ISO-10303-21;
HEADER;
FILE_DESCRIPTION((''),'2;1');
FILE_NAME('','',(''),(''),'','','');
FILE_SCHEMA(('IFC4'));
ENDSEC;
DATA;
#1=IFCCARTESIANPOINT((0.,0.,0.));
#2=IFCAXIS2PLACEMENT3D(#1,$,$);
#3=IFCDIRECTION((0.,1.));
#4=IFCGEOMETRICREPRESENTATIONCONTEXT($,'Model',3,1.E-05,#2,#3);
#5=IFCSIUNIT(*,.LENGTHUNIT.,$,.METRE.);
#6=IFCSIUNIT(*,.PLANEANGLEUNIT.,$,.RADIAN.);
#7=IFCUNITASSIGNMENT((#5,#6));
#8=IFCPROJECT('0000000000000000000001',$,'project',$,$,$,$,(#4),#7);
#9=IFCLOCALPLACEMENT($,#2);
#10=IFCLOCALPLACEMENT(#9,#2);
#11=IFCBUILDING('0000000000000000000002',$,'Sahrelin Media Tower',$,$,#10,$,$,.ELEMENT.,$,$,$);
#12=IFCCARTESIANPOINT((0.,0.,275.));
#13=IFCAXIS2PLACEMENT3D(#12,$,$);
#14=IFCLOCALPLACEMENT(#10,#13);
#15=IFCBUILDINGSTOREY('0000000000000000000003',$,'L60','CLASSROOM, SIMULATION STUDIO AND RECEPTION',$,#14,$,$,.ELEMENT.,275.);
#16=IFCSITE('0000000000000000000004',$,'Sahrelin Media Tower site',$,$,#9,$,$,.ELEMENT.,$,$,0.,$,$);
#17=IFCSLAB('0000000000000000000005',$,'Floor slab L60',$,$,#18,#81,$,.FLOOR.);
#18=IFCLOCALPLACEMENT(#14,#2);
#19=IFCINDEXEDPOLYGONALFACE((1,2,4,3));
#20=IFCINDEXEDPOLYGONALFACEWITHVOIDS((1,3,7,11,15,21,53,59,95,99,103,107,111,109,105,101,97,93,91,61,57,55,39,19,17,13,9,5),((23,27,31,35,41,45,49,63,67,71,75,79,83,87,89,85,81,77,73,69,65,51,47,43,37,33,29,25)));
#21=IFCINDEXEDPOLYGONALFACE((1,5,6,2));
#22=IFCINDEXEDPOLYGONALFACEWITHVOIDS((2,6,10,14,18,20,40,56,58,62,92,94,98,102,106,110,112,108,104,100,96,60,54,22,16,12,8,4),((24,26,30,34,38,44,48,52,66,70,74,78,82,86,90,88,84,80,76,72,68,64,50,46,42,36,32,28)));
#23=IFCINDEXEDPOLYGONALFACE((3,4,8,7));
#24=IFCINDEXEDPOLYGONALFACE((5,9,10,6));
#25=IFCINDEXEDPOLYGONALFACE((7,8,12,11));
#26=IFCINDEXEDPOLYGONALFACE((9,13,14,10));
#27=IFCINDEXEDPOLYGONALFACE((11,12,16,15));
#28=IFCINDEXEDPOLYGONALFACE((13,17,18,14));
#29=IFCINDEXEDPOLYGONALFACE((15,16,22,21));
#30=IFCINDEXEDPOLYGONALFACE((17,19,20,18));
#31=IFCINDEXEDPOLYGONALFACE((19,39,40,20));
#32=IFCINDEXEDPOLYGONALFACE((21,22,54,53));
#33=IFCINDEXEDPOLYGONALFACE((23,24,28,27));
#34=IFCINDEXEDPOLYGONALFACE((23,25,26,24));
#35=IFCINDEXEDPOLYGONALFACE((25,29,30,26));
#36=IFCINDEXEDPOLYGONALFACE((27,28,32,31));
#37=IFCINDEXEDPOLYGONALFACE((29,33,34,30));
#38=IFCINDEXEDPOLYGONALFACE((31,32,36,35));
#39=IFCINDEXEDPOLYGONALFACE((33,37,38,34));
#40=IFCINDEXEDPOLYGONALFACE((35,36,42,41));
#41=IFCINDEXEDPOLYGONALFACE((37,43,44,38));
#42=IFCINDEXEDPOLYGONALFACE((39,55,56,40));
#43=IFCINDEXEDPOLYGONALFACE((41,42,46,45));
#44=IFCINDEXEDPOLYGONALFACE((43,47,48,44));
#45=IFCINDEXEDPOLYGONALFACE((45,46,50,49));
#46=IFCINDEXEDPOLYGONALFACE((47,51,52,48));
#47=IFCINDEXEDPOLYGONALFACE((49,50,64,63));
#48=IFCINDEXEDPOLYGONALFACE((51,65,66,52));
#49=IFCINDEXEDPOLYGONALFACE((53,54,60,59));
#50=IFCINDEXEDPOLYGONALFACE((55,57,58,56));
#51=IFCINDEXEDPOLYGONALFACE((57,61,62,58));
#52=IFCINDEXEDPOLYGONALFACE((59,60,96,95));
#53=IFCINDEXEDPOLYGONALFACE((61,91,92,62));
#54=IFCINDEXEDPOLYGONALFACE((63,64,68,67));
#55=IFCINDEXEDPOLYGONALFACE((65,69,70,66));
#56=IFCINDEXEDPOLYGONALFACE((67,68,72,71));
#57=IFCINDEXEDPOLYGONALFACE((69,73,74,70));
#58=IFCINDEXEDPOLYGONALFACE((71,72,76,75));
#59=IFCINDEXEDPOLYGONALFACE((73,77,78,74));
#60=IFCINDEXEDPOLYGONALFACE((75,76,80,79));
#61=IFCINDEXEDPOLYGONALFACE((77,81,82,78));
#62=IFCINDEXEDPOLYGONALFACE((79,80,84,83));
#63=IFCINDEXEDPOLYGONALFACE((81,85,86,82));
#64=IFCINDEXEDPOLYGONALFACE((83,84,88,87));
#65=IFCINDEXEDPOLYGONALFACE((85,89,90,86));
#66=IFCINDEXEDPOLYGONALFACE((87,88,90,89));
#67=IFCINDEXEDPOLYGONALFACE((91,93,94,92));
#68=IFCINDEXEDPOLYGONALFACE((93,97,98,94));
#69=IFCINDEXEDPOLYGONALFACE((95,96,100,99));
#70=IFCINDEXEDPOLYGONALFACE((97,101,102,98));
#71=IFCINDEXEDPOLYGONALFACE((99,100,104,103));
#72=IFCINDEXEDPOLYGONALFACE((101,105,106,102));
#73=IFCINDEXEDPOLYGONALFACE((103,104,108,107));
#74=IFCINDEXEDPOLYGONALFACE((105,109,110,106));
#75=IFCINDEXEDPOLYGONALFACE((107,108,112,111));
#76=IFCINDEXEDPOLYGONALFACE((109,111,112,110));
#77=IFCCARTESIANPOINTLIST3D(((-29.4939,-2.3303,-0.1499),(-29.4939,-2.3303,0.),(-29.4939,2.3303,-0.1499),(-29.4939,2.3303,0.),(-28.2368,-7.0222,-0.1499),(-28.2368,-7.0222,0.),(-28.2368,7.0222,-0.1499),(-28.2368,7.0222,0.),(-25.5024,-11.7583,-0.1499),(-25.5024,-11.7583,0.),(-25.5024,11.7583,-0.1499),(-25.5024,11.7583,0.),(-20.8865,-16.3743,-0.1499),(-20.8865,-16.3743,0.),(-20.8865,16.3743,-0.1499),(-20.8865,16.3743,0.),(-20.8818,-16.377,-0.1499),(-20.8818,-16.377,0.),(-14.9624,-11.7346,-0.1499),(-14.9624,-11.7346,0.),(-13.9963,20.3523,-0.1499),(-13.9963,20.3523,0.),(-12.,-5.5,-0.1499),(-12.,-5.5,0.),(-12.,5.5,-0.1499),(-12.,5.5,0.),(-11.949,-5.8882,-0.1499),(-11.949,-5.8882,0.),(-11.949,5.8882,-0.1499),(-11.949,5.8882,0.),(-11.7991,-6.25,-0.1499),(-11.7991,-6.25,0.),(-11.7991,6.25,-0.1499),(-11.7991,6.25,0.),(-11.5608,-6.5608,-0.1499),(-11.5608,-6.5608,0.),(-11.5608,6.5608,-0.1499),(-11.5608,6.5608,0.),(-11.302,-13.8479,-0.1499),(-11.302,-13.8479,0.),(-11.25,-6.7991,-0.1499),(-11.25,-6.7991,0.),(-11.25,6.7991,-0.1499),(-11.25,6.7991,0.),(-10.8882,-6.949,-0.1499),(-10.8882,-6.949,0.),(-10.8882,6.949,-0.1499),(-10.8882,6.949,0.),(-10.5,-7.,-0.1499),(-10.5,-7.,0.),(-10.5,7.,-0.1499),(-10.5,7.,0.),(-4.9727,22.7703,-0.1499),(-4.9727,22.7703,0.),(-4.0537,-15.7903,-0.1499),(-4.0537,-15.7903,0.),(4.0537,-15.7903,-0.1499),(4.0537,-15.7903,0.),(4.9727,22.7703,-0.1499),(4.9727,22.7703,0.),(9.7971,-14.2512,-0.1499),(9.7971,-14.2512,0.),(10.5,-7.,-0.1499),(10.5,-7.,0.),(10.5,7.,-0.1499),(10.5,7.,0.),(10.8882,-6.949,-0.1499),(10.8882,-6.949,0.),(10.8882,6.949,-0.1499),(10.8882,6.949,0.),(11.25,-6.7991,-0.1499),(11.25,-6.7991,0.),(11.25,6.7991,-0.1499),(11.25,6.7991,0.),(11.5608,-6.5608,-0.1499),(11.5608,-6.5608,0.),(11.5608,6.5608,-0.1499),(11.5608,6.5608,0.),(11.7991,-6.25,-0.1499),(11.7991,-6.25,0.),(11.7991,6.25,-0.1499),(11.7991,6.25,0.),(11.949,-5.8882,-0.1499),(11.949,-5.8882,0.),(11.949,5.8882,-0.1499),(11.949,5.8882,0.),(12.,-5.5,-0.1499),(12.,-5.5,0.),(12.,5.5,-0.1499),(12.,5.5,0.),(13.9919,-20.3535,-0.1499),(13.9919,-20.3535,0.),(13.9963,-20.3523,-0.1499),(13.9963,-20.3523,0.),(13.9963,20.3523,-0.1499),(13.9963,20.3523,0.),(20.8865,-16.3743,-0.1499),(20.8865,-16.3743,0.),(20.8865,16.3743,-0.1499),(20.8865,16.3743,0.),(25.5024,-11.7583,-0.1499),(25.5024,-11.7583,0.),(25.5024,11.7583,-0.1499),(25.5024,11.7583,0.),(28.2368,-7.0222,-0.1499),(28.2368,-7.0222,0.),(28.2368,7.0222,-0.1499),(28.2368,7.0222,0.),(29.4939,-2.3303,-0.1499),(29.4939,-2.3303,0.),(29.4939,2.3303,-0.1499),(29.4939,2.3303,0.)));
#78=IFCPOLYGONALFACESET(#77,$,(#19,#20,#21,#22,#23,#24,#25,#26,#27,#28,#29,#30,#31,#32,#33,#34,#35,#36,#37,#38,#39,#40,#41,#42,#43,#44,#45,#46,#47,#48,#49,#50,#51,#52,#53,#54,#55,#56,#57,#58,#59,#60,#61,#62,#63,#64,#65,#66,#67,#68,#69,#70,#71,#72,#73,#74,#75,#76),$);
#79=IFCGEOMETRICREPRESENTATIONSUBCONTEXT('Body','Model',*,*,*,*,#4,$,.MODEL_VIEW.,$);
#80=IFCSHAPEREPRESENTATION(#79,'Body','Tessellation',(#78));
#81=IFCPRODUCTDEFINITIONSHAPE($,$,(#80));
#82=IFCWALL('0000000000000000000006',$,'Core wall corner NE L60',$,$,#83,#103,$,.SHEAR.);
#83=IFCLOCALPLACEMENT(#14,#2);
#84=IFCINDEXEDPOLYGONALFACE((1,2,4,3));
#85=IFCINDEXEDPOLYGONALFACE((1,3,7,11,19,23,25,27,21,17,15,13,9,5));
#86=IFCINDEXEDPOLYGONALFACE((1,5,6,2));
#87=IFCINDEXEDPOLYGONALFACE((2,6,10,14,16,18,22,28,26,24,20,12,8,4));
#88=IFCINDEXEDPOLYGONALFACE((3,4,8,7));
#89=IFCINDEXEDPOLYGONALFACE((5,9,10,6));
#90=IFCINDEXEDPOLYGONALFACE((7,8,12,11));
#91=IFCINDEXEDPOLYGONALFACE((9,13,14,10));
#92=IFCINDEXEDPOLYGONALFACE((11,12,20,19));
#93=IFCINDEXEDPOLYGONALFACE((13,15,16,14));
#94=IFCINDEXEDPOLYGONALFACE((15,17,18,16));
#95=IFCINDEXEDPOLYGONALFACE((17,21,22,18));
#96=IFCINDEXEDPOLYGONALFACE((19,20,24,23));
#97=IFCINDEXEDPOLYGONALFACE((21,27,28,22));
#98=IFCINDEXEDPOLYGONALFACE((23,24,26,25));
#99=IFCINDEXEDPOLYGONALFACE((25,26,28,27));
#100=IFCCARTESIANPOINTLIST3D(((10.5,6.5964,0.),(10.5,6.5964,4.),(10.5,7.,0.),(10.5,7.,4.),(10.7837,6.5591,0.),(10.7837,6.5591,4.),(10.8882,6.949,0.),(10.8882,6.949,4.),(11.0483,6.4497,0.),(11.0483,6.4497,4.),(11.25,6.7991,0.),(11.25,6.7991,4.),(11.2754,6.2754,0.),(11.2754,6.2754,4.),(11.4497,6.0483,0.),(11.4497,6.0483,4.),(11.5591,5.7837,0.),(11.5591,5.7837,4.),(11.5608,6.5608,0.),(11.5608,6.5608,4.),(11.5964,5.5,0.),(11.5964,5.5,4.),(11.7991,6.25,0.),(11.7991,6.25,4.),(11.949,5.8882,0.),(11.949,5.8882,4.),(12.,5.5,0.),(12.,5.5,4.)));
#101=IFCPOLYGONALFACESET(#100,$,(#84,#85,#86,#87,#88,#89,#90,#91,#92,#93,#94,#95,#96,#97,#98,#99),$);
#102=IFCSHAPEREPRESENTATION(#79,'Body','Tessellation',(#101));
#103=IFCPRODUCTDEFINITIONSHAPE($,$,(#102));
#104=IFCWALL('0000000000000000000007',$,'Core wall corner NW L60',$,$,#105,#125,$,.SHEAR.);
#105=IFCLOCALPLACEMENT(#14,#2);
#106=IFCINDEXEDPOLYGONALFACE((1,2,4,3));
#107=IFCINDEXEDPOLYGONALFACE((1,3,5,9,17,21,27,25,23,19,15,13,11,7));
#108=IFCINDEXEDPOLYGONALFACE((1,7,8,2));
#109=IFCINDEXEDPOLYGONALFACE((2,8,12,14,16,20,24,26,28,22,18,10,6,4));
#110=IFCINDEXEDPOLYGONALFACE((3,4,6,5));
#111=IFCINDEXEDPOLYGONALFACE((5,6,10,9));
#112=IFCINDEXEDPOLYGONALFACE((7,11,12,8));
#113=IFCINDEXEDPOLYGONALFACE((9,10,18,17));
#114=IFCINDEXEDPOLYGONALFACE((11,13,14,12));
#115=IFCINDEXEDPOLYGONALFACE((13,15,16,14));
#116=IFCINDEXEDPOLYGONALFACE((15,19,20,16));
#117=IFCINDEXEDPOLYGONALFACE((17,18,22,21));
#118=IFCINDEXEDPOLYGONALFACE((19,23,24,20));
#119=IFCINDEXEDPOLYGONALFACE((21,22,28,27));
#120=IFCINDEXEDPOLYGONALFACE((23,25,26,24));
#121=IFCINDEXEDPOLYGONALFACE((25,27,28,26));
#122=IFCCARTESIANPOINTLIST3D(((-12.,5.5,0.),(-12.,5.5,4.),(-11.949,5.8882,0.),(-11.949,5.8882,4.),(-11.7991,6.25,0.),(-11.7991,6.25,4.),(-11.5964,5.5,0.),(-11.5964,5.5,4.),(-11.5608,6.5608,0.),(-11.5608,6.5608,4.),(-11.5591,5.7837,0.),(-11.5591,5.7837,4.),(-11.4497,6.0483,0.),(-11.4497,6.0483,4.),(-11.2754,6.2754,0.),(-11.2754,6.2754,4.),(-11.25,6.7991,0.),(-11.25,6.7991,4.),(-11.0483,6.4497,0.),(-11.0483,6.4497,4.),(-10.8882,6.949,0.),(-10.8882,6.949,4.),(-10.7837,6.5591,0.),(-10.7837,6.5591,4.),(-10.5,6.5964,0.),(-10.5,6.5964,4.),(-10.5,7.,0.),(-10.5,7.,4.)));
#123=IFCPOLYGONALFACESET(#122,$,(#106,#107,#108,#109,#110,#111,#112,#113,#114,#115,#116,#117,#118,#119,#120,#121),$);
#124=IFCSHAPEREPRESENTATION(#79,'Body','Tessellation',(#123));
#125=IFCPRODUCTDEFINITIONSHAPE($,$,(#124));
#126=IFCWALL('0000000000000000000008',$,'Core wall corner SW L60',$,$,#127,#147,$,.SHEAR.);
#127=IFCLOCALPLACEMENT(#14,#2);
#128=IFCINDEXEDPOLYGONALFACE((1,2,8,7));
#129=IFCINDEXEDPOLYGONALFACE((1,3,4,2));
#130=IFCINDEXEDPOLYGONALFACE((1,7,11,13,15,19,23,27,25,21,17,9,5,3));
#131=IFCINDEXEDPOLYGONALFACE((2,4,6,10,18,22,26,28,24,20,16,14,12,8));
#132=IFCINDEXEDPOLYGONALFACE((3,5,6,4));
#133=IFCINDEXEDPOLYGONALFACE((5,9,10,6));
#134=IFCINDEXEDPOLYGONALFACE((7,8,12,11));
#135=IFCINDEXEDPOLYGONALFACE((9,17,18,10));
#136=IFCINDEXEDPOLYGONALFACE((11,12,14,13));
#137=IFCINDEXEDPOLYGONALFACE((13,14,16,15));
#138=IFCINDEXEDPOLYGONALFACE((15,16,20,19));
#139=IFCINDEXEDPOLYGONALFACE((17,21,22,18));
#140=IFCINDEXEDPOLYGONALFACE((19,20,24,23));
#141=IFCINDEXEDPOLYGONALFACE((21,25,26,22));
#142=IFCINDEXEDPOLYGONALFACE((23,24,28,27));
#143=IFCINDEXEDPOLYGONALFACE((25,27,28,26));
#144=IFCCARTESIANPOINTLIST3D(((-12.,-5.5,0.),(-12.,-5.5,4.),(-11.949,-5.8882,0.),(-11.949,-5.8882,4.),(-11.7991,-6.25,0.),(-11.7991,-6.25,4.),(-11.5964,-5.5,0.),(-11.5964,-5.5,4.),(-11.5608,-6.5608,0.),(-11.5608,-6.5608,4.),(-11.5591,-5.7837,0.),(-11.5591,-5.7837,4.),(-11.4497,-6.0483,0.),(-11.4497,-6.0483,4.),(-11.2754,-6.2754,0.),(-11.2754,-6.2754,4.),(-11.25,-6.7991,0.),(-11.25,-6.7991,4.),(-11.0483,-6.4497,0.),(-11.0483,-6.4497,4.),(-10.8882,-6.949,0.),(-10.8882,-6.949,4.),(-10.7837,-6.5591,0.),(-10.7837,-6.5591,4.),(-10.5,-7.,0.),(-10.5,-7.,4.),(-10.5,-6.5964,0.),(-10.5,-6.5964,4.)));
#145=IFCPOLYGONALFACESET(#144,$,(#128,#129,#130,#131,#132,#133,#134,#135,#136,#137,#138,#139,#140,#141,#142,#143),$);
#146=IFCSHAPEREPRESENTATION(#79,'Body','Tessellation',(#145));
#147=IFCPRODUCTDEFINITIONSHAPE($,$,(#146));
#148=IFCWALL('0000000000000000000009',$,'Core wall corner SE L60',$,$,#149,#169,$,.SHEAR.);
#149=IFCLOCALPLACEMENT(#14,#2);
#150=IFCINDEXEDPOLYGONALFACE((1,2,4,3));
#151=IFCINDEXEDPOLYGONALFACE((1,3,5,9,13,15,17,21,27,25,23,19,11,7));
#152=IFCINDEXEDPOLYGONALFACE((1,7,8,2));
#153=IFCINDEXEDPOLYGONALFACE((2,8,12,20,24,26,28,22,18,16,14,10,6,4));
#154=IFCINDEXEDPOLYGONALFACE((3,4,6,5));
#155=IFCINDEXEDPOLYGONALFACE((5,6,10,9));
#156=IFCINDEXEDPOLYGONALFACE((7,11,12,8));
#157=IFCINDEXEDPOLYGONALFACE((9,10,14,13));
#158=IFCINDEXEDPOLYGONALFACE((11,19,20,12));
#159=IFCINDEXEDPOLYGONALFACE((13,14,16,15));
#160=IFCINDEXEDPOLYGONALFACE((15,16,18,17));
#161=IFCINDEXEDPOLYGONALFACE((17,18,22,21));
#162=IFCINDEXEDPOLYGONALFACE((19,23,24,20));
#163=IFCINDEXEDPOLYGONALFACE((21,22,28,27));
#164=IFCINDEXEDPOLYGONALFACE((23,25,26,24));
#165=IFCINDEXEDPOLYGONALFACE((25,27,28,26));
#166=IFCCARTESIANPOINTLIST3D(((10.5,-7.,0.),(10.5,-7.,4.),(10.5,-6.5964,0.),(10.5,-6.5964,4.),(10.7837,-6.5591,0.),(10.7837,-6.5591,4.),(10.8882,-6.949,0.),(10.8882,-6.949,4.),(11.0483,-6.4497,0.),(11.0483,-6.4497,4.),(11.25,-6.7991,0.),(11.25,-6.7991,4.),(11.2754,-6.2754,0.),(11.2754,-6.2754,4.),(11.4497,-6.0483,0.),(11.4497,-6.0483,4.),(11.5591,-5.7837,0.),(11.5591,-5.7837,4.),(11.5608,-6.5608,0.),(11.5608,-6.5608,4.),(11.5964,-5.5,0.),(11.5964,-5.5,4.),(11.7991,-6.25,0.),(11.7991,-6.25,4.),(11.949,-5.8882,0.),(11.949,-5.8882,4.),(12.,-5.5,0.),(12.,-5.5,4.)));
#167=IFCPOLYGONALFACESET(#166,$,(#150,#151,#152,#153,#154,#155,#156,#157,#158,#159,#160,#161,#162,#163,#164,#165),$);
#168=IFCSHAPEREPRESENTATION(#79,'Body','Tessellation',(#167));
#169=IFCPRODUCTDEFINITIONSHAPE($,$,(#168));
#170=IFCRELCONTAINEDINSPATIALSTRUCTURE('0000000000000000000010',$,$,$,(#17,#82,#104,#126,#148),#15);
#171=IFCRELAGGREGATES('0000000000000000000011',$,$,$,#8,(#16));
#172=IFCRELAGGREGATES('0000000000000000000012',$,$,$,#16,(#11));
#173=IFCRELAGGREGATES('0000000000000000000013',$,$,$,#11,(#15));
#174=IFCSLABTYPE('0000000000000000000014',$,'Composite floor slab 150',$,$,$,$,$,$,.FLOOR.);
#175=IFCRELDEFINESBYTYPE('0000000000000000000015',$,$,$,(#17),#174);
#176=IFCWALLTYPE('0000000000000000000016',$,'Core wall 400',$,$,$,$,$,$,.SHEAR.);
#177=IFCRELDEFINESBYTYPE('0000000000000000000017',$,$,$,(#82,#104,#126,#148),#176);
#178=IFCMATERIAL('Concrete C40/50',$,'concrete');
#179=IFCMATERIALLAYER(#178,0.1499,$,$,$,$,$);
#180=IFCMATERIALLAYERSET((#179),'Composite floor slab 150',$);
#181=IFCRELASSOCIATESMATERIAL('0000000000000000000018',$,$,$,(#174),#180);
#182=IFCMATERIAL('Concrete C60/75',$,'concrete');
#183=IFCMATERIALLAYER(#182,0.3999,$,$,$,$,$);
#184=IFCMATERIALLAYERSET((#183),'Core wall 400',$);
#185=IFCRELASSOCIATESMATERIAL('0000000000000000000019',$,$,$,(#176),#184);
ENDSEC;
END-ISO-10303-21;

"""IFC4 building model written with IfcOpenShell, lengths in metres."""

from ifc_helpers import new_model, si_unit, direction, frame, origin, place, context, subcontext, project, spatial, polyline, outline, extrude, material, layer, layer_set, type_object, element, save


model = new_model("IFC4")

# Units and contexts
model_context = context("Model", 3, precision=1e-05, world=origin(), true_north=direction((0.0, 1.0)))
body_context = subcontext(model_context, "Body", "Model", "MODEL_VIEW")
ifc_project = project(units=[si_unit("LENGTHUNIT", "METRE"), si_unit("PLANEANGLEUNIT", "RADIAN")], contexts=[model_context])

# Site, building, storey
site_placement = place(None, origin())
site = spatial("IfcSite", under=ifc_project, at=site_placement, Name="Sahrelin Media Tower site", CompositionType="ELEMENT", RefElevation=0.0)
building_placement = place(site_placement, origin())
building = spatial("IfcBuilding", under=site, at=building_placement, Name="Sahrelin Media Tower", CompositionType="ELEMENT")
storey_placement = place(building_placement, frame((0.0, 0.0, 275.0)))
storey = spatial("IfcBuildingStorey", under=building, at=storey_placement, Name="L60", Description="CLASSROOM, SIMULATION STUDIO AND RECEPTION", CompositionType="ELEMENT", Elevation=275.0)

# Slab
ifc_material_1 = material(Name="Concrete C40/50", Category="concrete")
ifc_layer_1 = layer(ifc_material_1, 0.1499)
ifc_layer_set_1 = layer_set([ifc_layer_1], Name="Composite floor slab 150")
slab_type = type_object("IfcSlabType", Name="Composite floor slab 150", PredefinedType="FLOOR", material=ifc_layer_set_1)
slab_placement = place(storey_placement, frame((0.0, 0.0, -0.1499)))
element("IfcSlab", 1, at=slab_placement, inside=storey, type_object=slab_type, Name="Floor slab L60", PredefinedType="FLOOR", context=body_context, shape_type="SweptSolid", body=[
    extrude(outline(polyline([(28.2368, -7.0222), (29.4939, -2.3303), (29.4939, 2.3303), (28.2368, 7.0222), (25.5024, 11.7583), (20.8865, 16.3743), (13.9963, 20.3523), (4.9727, 22.7703), (-4.9727, 22.7703), (-13.9963, 20.3523), (-20.8865, 16.3743), (-25.5024, 11.7583), (-28.2368, 7.0222), (-29.4939, 2.3303), (-29.4939, -2.3303), (-28.2368, -7.0222), (-25.5024, -11.7583), (-20.8865, -16.3743), (-20.8818, -16.377), (-14.9624, -11.7346), (-11.302, -13.8479), (-4.0537, -15.7903), (4.0537, -15.7903), (9.7971, -14.2512), (13.9919, -20.3535), (13.9963, -20.3523), (20.8865, -16.3743), (25.5024, -11.7583), (28.2368, -7.0222)]), holes=[polyline([(11.7991, 6.25), (11.949, 5.8882), (12.0, 5.5), (12.0, -5.5), (11.949, -5.8882), (11.7991, -6.25), (11.5608, -6.5608), (11.25, -6.7991), (10.8882, -6.949), (10.5, -7.0), (-10.5, -7.0), (-10.8882, -6.949), (-11.25, -6.7991), (-11.5608, -6.5608), (-11.7991, -6.25), (-11.949, -5.8882), (-12.0, -5.5), (-12.0, 5.5), (-11.949, 5.8882), (-11.7991, 6.25), (-11.5608, 6.5608), (-11.25, 6.7991), (-10.8882, 6.949), (-10.5, 7.0), (10.5, 7.0), (10.8882, 6.949), (11.25, 6.7991), (11.5608, 6.5608), (11.7991, 6.25)])]), origin(), (0.0, 0.0, 1.0), 0.1499),
])

# Walls
ifc_material_2 = material(Name="Concrete C60/75", Category="concrete")
ifc_layer_2 = layer(ifc_material_2, 0.3999)
ifc_layer_set_2 = layer_set([ifc_layer_2], Name="Core wall 400")
wall_type_1 = type_object("IfcWallType", Name="Core wall 400", PredefinedType="SHEAR", material=ifc_layer_set_2)
placement = place(storey_placement, origin())
element("IfcWall", 2, at=placement, inside=storey, type_object=wall_type_1, Name="Core wall corner NE L60", PredefinedType="SHEAR", context=body_context, shape_type="SweptSolid", body=[
    extrude(outline(polyline([(10.5, 7.0), (10.5, 6.5964), (10.7837, 6.5591), (11.0483, 6.4497), (11.2754, 6.2754), (11.4497, 6.0483), (11.5591, 5.7837), (11.5964, 5.5), (12.0, 5.5), (11.949, 5.8882), (11.7991, 6.25), (11.5608, 6.5608), (11.25, 6.7991), (10.8882, 6.949), (10.5, 7.0)])), origin(), (0.0, 0.0, 1.0), 4.0),
])
element("IfcWall", 3, at=placement, inside=storey, type_object=wall_type_1, Name="Core wall corner NW L60", PredefinedType="SHEAR", context=body_context, shape_type="SweptSolid", body=[
    extrude(outline(polyline([(-12.0, 5.5), (-11.5964, 5.5), (-11.5591, 5.7837), (-11.4497, 6.0483), (-11.2754, 6.2754), (-11.0483, 6.4497), (-10.7837, 6.5591), (-10.5, 6.5964), (-10.5, 7.0), (-10.8882, 6.949), (-11.25, 6.7991), (-11.5608, 6.5608), (-11.7991, 6.25), (-11.949, 5.8882), (-12.0, 5.5)])), origin(), (0.0, 0.0, 1.0), 4.0),
])
element("IfcWall", 4, at=placement, inside=storey, type_object=wall_type_1, Name="Core wall corner SW L60", PredefinedType="SHEAR", context=body_context, shape_type="SweptSolid", body=[
    extrude(outline(polyline([(-10.5, -7.0), (-10.5, -6.5964), (-10.7837, -6.5591), (-11.0483, -6.4497), (-11.2754, -6.2754), (-11.4497, -6.0483), (-11.5591, -5.7837), (-11.5964, -5.5), (-12.0, -5.5), (-11.949, -5.8882), (-11.7991, -6.25), (-11.5608, -6.5608), (-11.25, -6.7991), (-10.8882, -6.949), (-10.5, -7.0)])), origin(), (0.0, 0.0, 1.0), 4.0),
])
element("IfcWall", 5, at=placement, inside=storey, type_object=wall_type_1, Name="Core wall corner SE L60", PredefinedType="SHEAR", context=body_context, shape_type="SweptSolid", body=[
    extrude(outline(polyline([(12.0, -5.5), (11.5964, -5.5), (11.5591, -5.7837), (11.4497, -6.0483), (11.2754, -6.2754), (11.0483, -6.4497), (10.7837, -6.5591), (10.5, -6.5964), (10.5, -7.0), (10.8882, -6.949), (11.25, -6.7991), (11.5608, -6.5608), (11.7991, -6.25), (11.949, -5.8882), (12.0, -5.5)])), origin(), (0.0, 0.0, 1.0), 4.0),
])

save(model, "model.ifc")
